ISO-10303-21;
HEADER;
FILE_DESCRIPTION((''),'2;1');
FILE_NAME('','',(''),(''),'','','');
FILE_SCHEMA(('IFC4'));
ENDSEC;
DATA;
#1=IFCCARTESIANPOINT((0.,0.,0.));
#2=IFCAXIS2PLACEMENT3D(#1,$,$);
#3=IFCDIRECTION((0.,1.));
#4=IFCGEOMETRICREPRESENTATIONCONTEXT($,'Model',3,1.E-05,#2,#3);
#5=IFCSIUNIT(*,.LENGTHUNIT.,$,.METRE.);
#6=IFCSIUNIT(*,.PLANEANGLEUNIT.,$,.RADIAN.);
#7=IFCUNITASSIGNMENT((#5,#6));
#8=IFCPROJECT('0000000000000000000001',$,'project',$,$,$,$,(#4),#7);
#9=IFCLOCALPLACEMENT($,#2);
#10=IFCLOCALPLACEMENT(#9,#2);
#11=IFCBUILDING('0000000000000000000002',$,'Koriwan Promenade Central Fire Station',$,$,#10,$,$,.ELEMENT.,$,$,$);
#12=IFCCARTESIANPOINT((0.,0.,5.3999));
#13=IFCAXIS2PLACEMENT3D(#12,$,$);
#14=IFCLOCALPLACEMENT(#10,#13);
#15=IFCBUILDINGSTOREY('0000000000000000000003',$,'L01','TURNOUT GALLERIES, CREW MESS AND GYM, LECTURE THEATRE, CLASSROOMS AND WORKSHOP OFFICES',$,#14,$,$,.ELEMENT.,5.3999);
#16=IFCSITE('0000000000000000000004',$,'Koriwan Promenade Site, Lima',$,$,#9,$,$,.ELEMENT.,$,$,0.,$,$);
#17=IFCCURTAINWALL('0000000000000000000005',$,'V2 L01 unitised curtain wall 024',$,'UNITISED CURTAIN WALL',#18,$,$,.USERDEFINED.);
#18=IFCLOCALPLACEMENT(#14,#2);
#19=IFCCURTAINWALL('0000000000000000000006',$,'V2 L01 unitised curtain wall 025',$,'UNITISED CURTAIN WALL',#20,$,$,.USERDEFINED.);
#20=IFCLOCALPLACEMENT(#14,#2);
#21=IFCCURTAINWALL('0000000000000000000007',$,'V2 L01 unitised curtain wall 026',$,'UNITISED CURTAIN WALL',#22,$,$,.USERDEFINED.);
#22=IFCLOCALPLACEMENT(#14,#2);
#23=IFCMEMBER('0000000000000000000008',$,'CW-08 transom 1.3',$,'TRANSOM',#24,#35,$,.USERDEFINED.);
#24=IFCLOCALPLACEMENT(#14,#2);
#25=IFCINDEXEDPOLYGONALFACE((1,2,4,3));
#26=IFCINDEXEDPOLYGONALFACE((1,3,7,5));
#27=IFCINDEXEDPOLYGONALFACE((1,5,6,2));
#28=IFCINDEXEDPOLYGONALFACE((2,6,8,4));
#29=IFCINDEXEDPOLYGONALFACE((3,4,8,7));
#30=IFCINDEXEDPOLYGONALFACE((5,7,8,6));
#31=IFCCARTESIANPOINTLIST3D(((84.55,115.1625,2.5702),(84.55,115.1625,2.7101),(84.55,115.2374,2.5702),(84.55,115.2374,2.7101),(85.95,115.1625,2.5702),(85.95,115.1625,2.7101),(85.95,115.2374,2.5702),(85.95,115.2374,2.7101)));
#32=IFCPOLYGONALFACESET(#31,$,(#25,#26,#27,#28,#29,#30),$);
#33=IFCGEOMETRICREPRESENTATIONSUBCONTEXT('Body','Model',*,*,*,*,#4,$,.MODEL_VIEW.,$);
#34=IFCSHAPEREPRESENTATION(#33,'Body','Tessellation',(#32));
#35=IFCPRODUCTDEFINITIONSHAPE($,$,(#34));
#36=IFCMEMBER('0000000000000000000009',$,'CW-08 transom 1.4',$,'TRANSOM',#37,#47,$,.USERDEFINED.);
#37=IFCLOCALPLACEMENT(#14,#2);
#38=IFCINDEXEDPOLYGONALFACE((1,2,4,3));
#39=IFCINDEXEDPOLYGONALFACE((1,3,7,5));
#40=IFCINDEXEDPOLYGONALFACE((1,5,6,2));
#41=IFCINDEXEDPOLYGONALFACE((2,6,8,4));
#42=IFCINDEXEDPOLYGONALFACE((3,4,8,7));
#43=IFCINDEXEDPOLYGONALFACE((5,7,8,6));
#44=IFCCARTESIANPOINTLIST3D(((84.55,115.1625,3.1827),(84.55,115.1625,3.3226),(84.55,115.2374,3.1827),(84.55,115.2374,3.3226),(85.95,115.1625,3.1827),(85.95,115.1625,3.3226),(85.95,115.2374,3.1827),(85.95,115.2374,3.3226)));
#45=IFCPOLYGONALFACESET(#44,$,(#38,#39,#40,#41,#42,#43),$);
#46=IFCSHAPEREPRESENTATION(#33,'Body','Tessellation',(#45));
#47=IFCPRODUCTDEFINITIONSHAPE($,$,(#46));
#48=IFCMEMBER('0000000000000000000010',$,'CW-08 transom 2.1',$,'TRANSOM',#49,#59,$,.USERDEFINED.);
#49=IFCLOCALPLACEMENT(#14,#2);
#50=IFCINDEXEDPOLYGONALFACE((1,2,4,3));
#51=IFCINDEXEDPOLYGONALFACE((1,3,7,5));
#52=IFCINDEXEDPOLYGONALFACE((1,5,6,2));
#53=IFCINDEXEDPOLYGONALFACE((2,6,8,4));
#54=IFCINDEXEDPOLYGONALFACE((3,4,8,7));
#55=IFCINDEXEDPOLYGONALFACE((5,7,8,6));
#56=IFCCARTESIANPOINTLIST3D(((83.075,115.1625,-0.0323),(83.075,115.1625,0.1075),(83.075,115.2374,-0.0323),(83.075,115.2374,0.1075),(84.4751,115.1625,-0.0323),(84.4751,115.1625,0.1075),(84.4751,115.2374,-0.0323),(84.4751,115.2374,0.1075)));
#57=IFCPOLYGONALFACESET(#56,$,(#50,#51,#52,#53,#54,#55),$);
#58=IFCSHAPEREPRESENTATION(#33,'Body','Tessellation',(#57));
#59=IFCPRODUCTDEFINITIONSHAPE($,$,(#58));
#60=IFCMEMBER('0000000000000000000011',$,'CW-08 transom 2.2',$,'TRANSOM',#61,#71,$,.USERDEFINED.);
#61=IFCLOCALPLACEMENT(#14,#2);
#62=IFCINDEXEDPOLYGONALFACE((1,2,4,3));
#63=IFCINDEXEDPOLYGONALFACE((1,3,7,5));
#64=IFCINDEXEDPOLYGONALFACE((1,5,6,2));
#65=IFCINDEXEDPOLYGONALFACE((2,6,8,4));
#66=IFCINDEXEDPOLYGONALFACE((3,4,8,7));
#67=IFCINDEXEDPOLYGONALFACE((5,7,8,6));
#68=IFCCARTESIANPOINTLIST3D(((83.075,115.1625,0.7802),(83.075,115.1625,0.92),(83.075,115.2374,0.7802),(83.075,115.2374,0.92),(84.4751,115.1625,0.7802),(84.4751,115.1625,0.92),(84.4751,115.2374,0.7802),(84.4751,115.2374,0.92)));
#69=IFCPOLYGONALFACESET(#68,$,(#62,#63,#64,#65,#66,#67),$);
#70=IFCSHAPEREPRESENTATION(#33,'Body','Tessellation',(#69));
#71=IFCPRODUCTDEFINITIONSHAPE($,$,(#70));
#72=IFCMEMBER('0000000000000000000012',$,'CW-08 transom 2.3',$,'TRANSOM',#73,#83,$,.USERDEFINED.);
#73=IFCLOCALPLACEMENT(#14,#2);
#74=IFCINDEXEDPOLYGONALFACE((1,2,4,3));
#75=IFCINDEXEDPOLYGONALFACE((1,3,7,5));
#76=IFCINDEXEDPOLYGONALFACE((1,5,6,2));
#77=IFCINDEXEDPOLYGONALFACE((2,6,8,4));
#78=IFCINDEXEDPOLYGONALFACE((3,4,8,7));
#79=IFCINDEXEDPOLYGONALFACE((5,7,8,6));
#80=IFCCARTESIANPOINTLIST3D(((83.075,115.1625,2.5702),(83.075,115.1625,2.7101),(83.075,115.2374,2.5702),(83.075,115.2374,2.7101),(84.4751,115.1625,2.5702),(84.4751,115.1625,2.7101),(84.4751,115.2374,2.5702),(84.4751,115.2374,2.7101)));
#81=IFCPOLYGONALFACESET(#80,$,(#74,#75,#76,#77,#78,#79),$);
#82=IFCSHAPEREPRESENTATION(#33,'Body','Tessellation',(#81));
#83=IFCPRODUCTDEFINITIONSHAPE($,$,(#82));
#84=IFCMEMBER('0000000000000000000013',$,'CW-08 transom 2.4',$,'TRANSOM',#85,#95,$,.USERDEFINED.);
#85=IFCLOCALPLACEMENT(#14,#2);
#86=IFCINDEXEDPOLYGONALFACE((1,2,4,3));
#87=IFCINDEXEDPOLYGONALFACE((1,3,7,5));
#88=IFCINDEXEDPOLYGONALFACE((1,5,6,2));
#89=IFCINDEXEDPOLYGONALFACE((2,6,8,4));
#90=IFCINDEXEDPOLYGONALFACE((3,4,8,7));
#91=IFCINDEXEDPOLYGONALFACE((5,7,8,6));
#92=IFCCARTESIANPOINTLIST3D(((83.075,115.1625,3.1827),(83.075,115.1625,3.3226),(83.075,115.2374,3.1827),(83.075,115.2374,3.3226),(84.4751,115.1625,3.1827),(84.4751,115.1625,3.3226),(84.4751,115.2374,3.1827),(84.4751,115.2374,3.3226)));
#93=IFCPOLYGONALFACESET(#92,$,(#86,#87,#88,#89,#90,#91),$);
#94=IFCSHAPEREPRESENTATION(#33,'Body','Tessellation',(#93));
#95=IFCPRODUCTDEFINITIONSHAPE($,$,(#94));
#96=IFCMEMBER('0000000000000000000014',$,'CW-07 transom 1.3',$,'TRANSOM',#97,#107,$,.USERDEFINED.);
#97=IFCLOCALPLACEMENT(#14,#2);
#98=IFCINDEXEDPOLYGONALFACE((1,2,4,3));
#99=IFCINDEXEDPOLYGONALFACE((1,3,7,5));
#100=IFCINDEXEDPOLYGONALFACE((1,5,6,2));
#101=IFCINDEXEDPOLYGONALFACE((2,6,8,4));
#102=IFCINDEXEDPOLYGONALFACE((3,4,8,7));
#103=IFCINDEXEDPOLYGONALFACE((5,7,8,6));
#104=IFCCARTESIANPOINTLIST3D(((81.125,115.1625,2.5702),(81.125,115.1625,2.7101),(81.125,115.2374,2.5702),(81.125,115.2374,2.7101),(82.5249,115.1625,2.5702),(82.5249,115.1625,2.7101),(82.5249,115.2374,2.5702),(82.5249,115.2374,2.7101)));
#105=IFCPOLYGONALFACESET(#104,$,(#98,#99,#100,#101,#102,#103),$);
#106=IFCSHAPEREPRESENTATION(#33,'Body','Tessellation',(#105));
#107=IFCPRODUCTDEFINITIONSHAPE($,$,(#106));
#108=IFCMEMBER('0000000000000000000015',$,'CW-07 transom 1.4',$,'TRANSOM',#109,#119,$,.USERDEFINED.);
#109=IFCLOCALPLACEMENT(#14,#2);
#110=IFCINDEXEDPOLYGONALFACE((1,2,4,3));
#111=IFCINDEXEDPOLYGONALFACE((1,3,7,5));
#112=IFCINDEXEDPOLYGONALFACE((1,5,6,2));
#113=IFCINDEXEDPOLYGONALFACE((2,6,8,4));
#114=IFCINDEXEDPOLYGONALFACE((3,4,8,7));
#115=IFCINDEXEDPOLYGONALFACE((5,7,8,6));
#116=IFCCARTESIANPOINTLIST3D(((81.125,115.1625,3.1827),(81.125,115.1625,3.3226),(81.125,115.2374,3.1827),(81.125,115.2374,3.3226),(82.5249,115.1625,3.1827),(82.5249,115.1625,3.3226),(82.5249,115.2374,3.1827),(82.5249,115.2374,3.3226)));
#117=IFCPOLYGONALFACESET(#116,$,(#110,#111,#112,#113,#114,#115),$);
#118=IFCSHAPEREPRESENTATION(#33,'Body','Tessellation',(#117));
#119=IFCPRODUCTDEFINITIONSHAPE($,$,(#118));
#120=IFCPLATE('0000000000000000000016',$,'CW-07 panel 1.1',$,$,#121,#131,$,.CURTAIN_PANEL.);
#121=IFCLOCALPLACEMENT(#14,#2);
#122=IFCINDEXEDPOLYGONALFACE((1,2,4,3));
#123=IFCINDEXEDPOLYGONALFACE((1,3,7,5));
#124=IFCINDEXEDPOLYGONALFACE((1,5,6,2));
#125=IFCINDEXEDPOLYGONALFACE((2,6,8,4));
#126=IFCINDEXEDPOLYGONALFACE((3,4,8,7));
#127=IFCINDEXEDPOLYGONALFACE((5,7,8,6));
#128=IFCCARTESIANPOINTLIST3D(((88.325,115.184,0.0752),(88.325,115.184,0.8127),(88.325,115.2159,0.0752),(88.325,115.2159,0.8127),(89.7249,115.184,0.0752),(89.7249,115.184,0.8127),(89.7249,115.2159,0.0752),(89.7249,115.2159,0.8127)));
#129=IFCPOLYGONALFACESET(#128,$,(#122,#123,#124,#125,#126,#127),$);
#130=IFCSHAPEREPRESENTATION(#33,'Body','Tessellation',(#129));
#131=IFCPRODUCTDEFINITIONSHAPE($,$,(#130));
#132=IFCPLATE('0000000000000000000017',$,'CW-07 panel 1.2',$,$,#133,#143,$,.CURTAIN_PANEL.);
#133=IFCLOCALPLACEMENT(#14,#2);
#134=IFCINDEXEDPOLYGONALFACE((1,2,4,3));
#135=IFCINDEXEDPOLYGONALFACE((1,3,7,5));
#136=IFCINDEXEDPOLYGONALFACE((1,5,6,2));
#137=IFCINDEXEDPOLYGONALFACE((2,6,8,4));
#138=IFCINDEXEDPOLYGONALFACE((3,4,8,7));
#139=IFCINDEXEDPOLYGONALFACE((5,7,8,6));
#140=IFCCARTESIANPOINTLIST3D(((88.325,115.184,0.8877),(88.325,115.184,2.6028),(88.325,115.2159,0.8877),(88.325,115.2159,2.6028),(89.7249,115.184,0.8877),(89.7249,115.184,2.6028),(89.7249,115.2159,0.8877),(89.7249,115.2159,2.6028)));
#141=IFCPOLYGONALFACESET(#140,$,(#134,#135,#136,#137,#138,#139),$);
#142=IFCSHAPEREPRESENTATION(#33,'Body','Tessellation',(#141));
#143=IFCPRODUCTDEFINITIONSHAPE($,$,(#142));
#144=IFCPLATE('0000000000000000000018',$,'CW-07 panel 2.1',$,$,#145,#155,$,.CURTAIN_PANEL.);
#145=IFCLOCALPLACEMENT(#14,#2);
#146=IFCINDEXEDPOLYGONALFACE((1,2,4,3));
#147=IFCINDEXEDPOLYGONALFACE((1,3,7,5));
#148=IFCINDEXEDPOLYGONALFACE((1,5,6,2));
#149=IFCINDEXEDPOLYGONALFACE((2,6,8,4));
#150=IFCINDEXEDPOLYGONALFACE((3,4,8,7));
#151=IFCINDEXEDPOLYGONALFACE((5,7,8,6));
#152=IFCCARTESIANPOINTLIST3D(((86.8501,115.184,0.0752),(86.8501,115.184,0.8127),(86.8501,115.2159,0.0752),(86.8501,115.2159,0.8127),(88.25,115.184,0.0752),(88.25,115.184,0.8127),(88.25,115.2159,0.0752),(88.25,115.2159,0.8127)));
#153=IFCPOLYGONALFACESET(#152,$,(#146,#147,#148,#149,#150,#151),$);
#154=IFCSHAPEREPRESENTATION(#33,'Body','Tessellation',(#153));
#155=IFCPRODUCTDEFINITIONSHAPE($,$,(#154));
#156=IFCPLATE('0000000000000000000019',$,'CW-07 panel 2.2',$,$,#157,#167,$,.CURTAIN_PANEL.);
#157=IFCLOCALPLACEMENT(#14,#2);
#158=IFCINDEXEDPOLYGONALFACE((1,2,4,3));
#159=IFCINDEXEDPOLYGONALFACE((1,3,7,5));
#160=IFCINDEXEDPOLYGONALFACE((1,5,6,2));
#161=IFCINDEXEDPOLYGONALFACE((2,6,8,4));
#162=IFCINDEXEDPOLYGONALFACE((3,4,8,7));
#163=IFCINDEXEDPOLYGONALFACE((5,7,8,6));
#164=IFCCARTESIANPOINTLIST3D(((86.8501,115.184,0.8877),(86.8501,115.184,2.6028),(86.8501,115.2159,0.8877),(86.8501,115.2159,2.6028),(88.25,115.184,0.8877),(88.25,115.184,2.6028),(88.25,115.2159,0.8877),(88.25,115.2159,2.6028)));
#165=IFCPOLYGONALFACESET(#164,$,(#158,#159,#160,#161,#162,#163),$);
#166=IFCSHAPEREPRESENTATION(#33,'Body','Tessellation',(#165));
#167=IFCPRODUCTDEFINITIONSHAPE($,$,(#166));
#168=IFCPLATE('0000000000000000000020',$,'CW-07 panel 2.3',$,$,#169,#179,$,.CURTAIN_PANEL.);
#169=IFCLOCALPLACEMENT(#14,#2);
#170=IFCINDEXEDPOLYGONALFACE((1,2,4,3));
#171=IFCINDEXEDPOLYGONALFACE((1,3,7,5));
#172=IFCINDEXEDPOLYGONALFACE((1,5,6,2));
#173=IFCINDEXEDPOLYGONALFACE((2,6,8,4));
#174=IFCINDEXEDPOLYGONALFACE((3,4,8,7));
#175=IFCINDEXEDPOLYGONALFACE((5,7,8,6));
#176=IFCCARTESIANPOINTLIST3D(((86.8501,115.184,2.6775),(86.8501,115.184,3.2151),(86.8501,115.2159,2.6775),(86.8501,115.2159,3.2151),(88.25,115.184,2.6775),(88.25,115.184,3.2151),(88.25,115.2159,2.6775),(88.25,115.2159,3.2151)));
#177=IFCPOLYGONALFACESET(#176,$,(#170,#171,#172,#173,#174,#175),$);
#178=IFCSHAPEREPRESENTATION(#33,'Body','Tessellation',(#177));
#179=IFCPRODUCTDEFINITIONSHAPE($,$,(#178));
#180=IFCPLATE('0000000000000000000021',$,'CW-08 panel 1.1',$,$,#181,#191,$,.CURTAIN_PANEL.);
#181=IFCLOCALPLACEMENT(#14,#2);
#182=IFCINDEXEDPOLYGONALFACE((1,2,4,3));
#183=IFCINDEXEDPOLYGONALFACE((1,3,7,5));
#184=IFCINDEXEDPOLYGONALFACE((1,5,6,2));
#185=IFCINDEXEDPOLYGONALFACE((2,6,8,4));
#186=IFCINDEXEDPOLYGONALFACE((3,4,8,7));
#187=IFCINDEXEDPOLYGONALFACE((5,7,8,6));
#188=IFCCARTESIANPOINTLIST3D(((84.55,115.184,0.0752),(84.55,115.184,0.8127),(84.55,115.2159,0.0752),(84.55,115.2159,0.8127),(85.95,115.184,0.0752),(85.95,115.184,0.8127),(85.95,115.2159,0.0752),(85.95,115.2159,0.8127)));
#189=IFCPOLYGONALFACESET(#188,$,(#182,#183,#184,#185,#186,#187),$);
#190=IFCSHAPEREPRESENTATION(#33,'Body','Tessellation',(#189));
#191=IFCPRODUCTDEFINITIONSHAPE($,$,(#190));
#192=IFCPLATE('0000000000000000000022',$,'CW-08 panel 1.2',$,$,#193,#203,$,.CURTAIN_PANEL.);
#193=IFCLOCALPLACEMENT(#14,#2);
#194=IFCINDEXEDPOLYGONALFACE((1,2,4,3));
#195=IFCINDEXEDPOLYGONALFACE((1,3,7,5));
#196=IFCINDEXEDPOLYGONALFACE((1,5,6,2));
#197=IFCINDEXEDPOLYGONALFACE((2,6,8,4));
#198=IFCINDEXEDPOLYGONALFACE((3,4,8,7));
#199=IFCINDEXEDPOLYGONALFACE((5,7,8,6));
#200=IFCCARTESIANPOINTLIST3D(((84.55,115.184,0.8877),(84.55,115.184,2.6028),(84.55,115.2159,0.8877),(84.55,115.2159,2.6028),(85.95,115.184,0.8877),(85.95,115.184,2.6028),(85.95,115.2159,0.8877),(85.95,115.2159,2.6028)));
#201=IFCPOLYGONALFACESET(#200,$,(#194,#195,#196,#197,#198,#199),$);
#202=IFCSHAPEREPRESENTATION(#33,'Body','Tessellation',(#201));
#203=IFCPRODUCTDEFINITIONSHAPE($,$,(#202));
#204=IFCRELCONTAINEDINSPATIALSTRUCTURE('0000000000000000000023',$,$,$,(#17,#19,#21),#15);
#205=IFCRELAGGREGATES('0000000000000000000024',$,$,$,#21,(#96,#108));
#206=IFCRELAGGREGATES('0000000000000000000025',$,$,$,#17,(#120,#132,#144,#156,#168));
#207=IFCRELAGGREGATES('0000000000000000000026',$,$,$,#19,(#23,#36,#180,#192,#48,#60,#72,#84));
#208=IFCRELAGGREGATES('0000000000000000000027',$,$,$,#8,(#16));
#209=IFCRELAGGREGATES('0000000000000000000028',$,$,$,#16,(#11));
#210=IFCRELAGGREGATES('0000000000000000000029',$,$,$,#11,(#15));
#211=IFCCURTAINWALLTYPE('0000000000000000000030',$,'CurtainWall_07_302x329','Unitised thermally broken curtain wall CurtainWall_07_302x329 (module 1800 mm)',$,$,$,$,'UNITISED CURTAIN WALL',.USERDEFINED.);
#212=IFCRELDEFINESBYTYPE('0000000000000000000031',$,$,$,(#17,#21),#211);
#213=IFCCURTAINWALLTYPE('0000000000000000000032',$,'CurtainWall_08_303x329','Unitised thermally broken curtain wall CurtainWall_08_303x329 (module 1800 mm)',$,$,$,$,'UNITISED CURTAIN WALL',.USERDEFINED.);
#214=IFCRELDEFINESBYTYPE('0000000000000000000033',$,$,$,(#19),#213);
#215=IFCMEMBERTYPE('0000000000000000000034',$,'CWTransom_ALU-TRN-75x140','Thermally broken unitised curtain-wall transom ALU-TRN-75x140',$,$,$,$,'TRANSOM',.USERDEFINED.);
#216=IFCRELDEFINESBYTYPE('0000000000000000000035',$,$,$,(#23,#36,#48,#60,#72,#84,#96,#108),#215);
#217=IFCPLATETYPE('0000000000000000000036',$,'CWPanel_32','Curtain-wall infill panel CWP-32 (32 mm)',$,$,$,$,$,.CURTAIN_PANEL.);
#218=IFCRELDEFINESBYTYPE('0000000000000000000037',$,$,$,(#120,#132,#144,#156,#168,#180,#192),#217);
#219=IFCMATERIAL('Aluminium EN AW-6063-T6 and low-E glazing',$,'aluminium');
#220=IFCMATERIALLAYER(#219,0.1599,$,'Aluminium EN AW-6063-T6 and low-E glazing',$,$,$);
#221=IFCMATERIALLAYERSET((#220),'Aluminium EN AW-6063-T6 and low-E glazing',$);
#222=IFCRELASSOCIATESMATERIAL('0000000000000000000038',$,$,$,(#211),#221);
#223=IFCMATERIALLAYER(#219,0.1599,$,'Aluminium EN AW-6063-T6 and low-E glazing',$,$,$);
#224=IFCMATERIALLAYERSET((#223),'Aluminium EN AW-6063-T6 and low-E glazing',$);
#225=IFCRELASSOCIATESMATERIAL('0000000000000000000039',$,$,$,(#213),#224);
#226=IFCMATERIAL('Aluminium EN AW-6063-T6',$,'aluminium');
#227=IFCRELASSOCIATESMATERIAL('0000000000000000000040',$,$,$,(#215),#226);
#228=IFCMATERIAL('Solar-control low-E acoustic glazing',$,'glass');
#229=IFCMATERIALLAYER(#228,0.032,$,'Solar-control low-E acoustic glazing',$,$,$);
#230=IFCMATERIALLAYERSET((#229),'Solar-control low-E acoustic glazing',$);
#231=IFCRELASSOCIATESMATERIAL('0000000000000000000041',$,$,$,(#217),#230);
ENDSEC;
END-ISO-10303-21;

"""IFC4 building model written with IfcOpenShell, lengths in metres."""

from ifc_helpers import new_model, si_unit, direction, frame, origin, origin_2d, place, context, subcontext, project, spatial, rectangle, extrude, material, layer, layer_set, material_profile, profile_set, type_object, element, aggregate, save


model = new_model("IFC4")

# Units and contexts
model_context = context("Model", 3, precision=1e-05, world=origin(), true_north=direction((0.0, 1.0)))
body_context = subcontext(model_context, "Body", "Model", "MODEL_VIEW")
ifc_project = project(units=[si_unit("LENGTHUNIT", "METRE"), si_unit("PLANEANGLEUNIT", "RADIAN")], contexts=[model_context])

# Site, building, storey
site_placement = place(None, origin())
site = spatial("IfcSite", under=ifc_project, at=site_placement, Name="Koriwan Promenade Site, Lima", CompositionType="ELEMENT", RefElevation=0.0)
building_placement = place(site_placement, origin())
building = spatial("IfcBuilding", under=site, at=building_placement, Name="Koriwan Promenade Central Fire Station", CompositionType="ELEMENT")
storey_placement = place(building_placement, frame((0.0, 0.0, 5.3999)))
storey = spatial("IfcBuildingStorey", under=building, at=storey_placement, Name="L01", Description="TURNOUT GALLERIES, CREW MESS AND GYM, LECTURE THEATRE, CLASSROOMS AND WORKSHOP OFFICES", CompositionType="ELEMENT", Elevation=5.3999)

# Curtain walls
ifc_material_1 = material(Name="Aluminium EN AW-6063-T6 and low-E glazing", Category="aluminium")
ifc_layer_1 = layer(ifc_material_1, 0.1599, Name="Aluminium EN AW-6063-T6 and low-E glazing")
ifc_layer_set_1 = layer_set([ifc_layer_1], Name="Aluminium EN AW-6063-T6 and low-E glazing")
curtain_wall_type_1 = type_object("IfcCurtainWallType", Name="CurtainWall_07_302x329", Description="Unitised thermally broken curtain wall CurtainWall_07_302x329 (module 1800 mm)", ElementType="UNITISED CURTAIN WALL", PredefinedType="USERDEFINED", material=ifc_layer_set_1)
curtain_wall_1_placement = place(storey_placement, origin())
curtain_wall_1 = element("IfcCurtainWall", 1, at=curtain_wall_1_placement, inside=storey, type_object=curtain_wall_type_1, Name="V2 L01 unitised curtain wall 024", ObjectType="UNITISED CURTAIN WALL", PredefinedType="USERDEFINED")
ifc_material_2 = material(Name="Aluminium EN AW-6063-T6", Category="aluminium")
ifc_layer_2 = layer(ifc_material_1, 0.1599, Name="Aluminium EN AW-6063-T6 and low-E glazing")
ifc_layer_set_2 = layer_set([ifc_layer_2], Name="Aluminium EN AW-6063-T6 and low-E glazing")
curtain_wall_type_2 = type_object("IfcCurtainWallType", Name="CurtainWall_08_303x329", Description="Unitised thermally broken curtain wall CurtainWall_08_303x329 (module 1800 mm)", ElementType="UNITISED CURTAIN WALL", PredefinedType="USERDEFINED", material=ifc_layer_set_2)
curtain_wall_2_placement = place(storey_placement, origin())
curtain_wall_2 = element("IfcCurtainWall", 2, at=curtain_wall_2_placement, inside=storey, type_object=curtain_wall_type_2, Name="V2 L01 unitised curtain wall 025", ObjectType="UNITISED CURTAIN WALL", PredefinedType="USERDEFINED")

# Curtain wall
curtain_wall_3_placement = place(storey_placement, origin())
curtain_wall_3 = element("IfcCurtainWall", 3, at=curtain_wall_3_placement, inside=storey, type_object=curtain_wall_type_1, Name="V2 L01 unitised curtain wall 026", ObjectType="UNITISED CURTAIN WALL", PredefinedType="USERDEFINED")

# Members
ifc_material_profile_1 = material_profile(ifc_material_2, rectangle(XDim=0.075, YDim=0.1399, at=origin_2d()), Name="ALU-TRN-75x140")
ifc_profile_set_1 = profile_set([ifc_material_profile_1], Name="Aluminium EN AW-6063-T6")
member_type_1 = type_object("IfcMemberType", Name="CWTransom_ALU-TRN-75x140", Description="Thermally broken unitised curtain-wall transom ALU-TRN-75x140", ElementType="TRANSOM", PredefinedType="USERDEFINED", material=ifc_profile_set_1)
member_1_placement = place(storey_placement, frame((85.95, 115.2, 2.6401), z_axis=(-1.0, 0.0, 0.0), x_axis=(0.0, -1.0, 0.0)))
member_1 = element("IfcMember", 4, at=member_1_placement, type_object=member_type_1, Name="CW-08 transom 1.3", ObjectType="TRANSOM", PredefinedType="USERDEFINED", context=body_context, shape_type="SweptSolid", body=[
    extrude(rectangle(XDim=0.075, YDim=0.1399, at=origin_2d()), origin(), (0.0, 0.0, 1.0), 1.3999),
])
member_2_placement = place(storey_placement, frame((85.95, 115.2, 3.2527), z_axis=(-1.0, 0.0, 0.0), x_axis=(0.0, -1.0, 0.0)))
member_2 = element("IfcMember", 5, at=member_2_placement, type_object=member_type_1, Name="CW-08 transom 1.4", ObjectType="TRANSOM", PredefinedType="USERDEFINED", context=body_context, shape_type="SweptSolid", body=[
    extrude(rectangle(XDim=0.075, YDim=0.1399, at=origin_2d()), origin(), (0.0, 0.0, 1.0), 1.3999),
])
member_3_placement = place(storey_placement, frame((84.4751, 115.2, 0.0376), z_axis=(-1.0, 0.0, 0.0), x_axis=(0.0, -1.0, 0.0)))
member_3 = element("IfcMember", 6, at=member_3_placement, type_object=member_type_1, Name="CW-08 transom 2.1", ObjectType="TRANSOM", PredefinedType="USERDEFINED", context=body_context, shape_type="SweptSolid", body=[
    extrude(rectangle(XDim=0.075, YDim=0.1399, at=origin_2d()), origin(), (0.0, 0.0, 1.0), 1.4001),
])
member_4_placement = place(storey_placement, frame((84.4751, 115.2, 0.8501), z_axis=(-1.0, 0.0, 0.0), x_axis=(0.0, -1.0, 0.0)))
member_4 = element("IfcMember", 7, at=member_4_placement, type_object=member_type_1, Name="CW-08 transom 2.2", ObjectType="TRANSOM", PredefinedType="USERDEFINED", context=body_context, shape_type="SweptSolid", body=[
    extrude(rectangle(XDim=0.075, YDim=0.1399, at=origin_2d()), origin(), (0.0, 0.0, 1.0), 1.4001),
])
member_5_placement = place(storey_placement, frame((84.4751, 115.2, 2.6401), z_axis=(-1.0, 0.0, 0.0), x_axis=(0.0, -1.0, 0.0)))
member_5 = element("IfcMember", 8, at=member_5_placement, type_object=member_type_1, Name="CW-08 transom 2.3", ObjectType="TRANSOM", PredefinedType="USERDEFINED", context=body_context, shape_type="SweptSolid", body=[
    extrude(rectangle(XDim=0.075, YDim=0.1399, at=origin_2d()), origin(), (0.0, 0.0, 1.0), 1.4001),
])
member_6_placement = place(storey_placement, frame((84.4751, 115.2, 3.2527), z_axis=(-1.0, 0.0, 0.0), x_axis=(0.0, -1.0, 0.0)))
member_6 = element("IfcMember", 9, at=member_6_placement, type_object=member_type_1, Name="CW-08 transom 2.4", ObjectType="TRANSOM", PredefinedType="USERDEFINED", context=body_context, shape_type="SweptSolid", body=[
    extrude(rectangle(XDim=0.075, YDim=0.1399, at=origin_2d()), origin(), (0.0, 0.0, 1.0), 1.4001),
])
member_7_placement = place(storey_placement, frame((82.5249, 115.2, 2.6401), z_axis=(-1.0, 0.0, 0.0), x_axis=(0.0, -1.0, 0.0)))
member_7 = element("IfcMember", 10, at=member_7_placement, type_object=member_type_1, Name="CW-07 transom 1.3", ObjectType="TRANSOM", PredefinedType="USERDEFINED", context=body_context, shape_type="SweptSolid", body=[
    extrude(rectangle(XDim=0.075, YDim=0.1399, at=origin_2d()), origin(), (0.0, 0.0, 1.0), 1.3999),
])
member_8_placement = place(storey_placement, frame((82.5249, 115.2, 3.2527), z_axis=(-1.0, 0.0, 0.0), x_axis=(0.0, -1.0, 0.0)))
member_8 = element("IfcMember", 11, at=member_8_placement, type_object=member_type_1, Name="CW-07 transom 1.4", ObjectType="TRANSOM", PredefinedType="USERDEFINED", context=body_context, shape_type="SweptSolid", body=[
    extrude(rectangle(XDim=0.075, YDim=0.1399, at=origin_2d()), origin(), (0.0, 0.0, 1.0), 1.3999),
])
aggregate(curtain_wall_3, [member_7, member_8])

# Plates
ifc_material_3 = material(Name="Solar-control low-E acoustic glazing", Category="glass")
ifc_layer_3 = layer(ifc_material_3, 0.032, Name="Solar-control low-E acoustic glazing")
ifc_layer_set_3 = layer_set([ifc_layer_3], Name="Solar-control low-E acoustic glazing")
plate_type = type_object("IfcPlateType", Name="CWPanel_32", Description="Curtain-wall infill panel CWP-32 (32 mm)", PredefinedType="CURTAIN_PANEL", material=ifc_layer_set_3)
plate_1_placement = place(storey_placement, frame((89.0249, 115.2, 0.0752), z_axis=(0.0, 0.0, 1.0), x_axis=(-1.0, 0.0, 0.0)))
plate_1 = element("IfcPlate", 12, at=plate_1_placement, type_object=plate_type, Name="CW-07 panel 1.1", PredefinedType="CURTAIN_PANEL", context=body_context, shape_type="SweptSolid", body=[
    extrude(rectangle(XDim=1.3999, YDim=0.032, at=origin_2d()), origin(), (0.0, 0.0, 1.0), 0.7375),
])
plate_2_placement = place(storey_placement, frame((89.0249, 115.2, 0.8877), z_axis=(0.0, 0.0, 1.0), x_axis=(-1.0, 0.0, 0.0)))
plate_2 = element("IfcPlate", 13, at=plate_2_placement, type_object=plate_type, Name="CW-07 panel 1.2", PredefinedType="CURTAIN_PANEL", context=body_context, shape_type="SweptSolid", body=[
    extrude(rectangle(XDim=1.3999, YDim=0.032, at=origin_2d()), origin(), (0.0, 0.0, 1.0), 1.7151),
])
plate_3_placement = place(storey_placement, frame((87.55, 115.2, 0.0752), z_axis=(0.0, 0.0, 1.0), x_axis=(-1.0, 0.0, 0.0)))
plate_3 = element("IfcPlate", 14, at=plate_3_placement, type_object=plate_type, Name="CW-07 panel 2.1", PredefinedType="CURTAIN_PANEL", context=body_context, shape_type="SweptSolid", body=[
    extrude(rectangle(XDim=1.3999, YDim=0.032, at=origin_2d()), origin(), (0.0, 0.0, 1.0), 0.7375),
])
plate_4_placement = place(storey_placement, frame((87.55, 115.2, 0.8877), z_axis=(0.0, 0.0, 1.0), x_axis=(-1.0, 0.0, 0.0)))
plate_4 = element("IfcPlate", 15, at=plate_4_placement, type_object=plate_type, Name="CW-07 panel 2.2", PredefinedType="CURTAIN_PANEL", context=body_context, shape_type="SweptSolid", body=[
    extrude(rectangle(XDim=1.3999, YDim=0.032, at=origin_2d()), origin(), (0.0, 0.0, 1.0), 1.7151),
])
plate_5_placement = place(storey_placement, frame((87.55, 115.2, 2.6775), z_axis=(0.0, 0.0, 1.0), x_axis=(-1.0, 0.0, 0.0)))
plate_5 = element("IfcPlate", 16, at=plate_5_placement, type_object=plate_type, Name="CW-07 panel 2.3", PredefinedType="CURTAIN_PANEL", context=body_context, shape_type="SweptSolid", body=[
    extrude(rectangle(XDim=1.3999, YDim=0.032, at=origin_2d()), origin(), (0.0, 0.0, 1.0), 0.5376),
])
aggregate(curtain_wall_1, [plate_1, plate_2, plate_3, plate_4, plate_5])
plate_6_placement = place(storey_placement, frame((85.25, 115.2, 0.0752), z_axis=(0.0, 0.0, 1.0), x_axis=(-1.0, 0.0, 0.0)))
plate_6 = element("IfcPlate", 17, at=plate_6_placement, type_object=plate_type, Name="CW-08 panel 1.1", PredefinedType="CURTAIN_PANEL", context=body_context, shape_type="SweptSolid", body=[
    extrude(rectangle(XDim=1.3999, YDim=0.032, at=origin_2d()), origin(), (0.0, 0.0, 1.0), 0.7375),
])
plate_7_placement = place(storey_placement, frame((85.25, 115.2, 0.8877), z_axis=(0.0, 0.0, 1.0), x_axis=(-1.0, 0.0, 0.0)))
plate_7 = element("IfcPlate", 18, at=plate_7_placement, type_object=plate_type, Name="CW-08 panel 1.2", PredefinedType="CURTAIN_PANEL", context=body_context, shape_type="SweptSolid", body=[
    extrude(rectangle(XDim=1.3999, YDim=0.032, at=origin_2d()), origin(), (0.0, 0.0, 1.0), 1.7151),
])
aggregate(curtain_wall_2, [member_1, member_2, plate_6, plate_7, member_3, member_4, member_5, member_6])

save(model, "model.ifc")
